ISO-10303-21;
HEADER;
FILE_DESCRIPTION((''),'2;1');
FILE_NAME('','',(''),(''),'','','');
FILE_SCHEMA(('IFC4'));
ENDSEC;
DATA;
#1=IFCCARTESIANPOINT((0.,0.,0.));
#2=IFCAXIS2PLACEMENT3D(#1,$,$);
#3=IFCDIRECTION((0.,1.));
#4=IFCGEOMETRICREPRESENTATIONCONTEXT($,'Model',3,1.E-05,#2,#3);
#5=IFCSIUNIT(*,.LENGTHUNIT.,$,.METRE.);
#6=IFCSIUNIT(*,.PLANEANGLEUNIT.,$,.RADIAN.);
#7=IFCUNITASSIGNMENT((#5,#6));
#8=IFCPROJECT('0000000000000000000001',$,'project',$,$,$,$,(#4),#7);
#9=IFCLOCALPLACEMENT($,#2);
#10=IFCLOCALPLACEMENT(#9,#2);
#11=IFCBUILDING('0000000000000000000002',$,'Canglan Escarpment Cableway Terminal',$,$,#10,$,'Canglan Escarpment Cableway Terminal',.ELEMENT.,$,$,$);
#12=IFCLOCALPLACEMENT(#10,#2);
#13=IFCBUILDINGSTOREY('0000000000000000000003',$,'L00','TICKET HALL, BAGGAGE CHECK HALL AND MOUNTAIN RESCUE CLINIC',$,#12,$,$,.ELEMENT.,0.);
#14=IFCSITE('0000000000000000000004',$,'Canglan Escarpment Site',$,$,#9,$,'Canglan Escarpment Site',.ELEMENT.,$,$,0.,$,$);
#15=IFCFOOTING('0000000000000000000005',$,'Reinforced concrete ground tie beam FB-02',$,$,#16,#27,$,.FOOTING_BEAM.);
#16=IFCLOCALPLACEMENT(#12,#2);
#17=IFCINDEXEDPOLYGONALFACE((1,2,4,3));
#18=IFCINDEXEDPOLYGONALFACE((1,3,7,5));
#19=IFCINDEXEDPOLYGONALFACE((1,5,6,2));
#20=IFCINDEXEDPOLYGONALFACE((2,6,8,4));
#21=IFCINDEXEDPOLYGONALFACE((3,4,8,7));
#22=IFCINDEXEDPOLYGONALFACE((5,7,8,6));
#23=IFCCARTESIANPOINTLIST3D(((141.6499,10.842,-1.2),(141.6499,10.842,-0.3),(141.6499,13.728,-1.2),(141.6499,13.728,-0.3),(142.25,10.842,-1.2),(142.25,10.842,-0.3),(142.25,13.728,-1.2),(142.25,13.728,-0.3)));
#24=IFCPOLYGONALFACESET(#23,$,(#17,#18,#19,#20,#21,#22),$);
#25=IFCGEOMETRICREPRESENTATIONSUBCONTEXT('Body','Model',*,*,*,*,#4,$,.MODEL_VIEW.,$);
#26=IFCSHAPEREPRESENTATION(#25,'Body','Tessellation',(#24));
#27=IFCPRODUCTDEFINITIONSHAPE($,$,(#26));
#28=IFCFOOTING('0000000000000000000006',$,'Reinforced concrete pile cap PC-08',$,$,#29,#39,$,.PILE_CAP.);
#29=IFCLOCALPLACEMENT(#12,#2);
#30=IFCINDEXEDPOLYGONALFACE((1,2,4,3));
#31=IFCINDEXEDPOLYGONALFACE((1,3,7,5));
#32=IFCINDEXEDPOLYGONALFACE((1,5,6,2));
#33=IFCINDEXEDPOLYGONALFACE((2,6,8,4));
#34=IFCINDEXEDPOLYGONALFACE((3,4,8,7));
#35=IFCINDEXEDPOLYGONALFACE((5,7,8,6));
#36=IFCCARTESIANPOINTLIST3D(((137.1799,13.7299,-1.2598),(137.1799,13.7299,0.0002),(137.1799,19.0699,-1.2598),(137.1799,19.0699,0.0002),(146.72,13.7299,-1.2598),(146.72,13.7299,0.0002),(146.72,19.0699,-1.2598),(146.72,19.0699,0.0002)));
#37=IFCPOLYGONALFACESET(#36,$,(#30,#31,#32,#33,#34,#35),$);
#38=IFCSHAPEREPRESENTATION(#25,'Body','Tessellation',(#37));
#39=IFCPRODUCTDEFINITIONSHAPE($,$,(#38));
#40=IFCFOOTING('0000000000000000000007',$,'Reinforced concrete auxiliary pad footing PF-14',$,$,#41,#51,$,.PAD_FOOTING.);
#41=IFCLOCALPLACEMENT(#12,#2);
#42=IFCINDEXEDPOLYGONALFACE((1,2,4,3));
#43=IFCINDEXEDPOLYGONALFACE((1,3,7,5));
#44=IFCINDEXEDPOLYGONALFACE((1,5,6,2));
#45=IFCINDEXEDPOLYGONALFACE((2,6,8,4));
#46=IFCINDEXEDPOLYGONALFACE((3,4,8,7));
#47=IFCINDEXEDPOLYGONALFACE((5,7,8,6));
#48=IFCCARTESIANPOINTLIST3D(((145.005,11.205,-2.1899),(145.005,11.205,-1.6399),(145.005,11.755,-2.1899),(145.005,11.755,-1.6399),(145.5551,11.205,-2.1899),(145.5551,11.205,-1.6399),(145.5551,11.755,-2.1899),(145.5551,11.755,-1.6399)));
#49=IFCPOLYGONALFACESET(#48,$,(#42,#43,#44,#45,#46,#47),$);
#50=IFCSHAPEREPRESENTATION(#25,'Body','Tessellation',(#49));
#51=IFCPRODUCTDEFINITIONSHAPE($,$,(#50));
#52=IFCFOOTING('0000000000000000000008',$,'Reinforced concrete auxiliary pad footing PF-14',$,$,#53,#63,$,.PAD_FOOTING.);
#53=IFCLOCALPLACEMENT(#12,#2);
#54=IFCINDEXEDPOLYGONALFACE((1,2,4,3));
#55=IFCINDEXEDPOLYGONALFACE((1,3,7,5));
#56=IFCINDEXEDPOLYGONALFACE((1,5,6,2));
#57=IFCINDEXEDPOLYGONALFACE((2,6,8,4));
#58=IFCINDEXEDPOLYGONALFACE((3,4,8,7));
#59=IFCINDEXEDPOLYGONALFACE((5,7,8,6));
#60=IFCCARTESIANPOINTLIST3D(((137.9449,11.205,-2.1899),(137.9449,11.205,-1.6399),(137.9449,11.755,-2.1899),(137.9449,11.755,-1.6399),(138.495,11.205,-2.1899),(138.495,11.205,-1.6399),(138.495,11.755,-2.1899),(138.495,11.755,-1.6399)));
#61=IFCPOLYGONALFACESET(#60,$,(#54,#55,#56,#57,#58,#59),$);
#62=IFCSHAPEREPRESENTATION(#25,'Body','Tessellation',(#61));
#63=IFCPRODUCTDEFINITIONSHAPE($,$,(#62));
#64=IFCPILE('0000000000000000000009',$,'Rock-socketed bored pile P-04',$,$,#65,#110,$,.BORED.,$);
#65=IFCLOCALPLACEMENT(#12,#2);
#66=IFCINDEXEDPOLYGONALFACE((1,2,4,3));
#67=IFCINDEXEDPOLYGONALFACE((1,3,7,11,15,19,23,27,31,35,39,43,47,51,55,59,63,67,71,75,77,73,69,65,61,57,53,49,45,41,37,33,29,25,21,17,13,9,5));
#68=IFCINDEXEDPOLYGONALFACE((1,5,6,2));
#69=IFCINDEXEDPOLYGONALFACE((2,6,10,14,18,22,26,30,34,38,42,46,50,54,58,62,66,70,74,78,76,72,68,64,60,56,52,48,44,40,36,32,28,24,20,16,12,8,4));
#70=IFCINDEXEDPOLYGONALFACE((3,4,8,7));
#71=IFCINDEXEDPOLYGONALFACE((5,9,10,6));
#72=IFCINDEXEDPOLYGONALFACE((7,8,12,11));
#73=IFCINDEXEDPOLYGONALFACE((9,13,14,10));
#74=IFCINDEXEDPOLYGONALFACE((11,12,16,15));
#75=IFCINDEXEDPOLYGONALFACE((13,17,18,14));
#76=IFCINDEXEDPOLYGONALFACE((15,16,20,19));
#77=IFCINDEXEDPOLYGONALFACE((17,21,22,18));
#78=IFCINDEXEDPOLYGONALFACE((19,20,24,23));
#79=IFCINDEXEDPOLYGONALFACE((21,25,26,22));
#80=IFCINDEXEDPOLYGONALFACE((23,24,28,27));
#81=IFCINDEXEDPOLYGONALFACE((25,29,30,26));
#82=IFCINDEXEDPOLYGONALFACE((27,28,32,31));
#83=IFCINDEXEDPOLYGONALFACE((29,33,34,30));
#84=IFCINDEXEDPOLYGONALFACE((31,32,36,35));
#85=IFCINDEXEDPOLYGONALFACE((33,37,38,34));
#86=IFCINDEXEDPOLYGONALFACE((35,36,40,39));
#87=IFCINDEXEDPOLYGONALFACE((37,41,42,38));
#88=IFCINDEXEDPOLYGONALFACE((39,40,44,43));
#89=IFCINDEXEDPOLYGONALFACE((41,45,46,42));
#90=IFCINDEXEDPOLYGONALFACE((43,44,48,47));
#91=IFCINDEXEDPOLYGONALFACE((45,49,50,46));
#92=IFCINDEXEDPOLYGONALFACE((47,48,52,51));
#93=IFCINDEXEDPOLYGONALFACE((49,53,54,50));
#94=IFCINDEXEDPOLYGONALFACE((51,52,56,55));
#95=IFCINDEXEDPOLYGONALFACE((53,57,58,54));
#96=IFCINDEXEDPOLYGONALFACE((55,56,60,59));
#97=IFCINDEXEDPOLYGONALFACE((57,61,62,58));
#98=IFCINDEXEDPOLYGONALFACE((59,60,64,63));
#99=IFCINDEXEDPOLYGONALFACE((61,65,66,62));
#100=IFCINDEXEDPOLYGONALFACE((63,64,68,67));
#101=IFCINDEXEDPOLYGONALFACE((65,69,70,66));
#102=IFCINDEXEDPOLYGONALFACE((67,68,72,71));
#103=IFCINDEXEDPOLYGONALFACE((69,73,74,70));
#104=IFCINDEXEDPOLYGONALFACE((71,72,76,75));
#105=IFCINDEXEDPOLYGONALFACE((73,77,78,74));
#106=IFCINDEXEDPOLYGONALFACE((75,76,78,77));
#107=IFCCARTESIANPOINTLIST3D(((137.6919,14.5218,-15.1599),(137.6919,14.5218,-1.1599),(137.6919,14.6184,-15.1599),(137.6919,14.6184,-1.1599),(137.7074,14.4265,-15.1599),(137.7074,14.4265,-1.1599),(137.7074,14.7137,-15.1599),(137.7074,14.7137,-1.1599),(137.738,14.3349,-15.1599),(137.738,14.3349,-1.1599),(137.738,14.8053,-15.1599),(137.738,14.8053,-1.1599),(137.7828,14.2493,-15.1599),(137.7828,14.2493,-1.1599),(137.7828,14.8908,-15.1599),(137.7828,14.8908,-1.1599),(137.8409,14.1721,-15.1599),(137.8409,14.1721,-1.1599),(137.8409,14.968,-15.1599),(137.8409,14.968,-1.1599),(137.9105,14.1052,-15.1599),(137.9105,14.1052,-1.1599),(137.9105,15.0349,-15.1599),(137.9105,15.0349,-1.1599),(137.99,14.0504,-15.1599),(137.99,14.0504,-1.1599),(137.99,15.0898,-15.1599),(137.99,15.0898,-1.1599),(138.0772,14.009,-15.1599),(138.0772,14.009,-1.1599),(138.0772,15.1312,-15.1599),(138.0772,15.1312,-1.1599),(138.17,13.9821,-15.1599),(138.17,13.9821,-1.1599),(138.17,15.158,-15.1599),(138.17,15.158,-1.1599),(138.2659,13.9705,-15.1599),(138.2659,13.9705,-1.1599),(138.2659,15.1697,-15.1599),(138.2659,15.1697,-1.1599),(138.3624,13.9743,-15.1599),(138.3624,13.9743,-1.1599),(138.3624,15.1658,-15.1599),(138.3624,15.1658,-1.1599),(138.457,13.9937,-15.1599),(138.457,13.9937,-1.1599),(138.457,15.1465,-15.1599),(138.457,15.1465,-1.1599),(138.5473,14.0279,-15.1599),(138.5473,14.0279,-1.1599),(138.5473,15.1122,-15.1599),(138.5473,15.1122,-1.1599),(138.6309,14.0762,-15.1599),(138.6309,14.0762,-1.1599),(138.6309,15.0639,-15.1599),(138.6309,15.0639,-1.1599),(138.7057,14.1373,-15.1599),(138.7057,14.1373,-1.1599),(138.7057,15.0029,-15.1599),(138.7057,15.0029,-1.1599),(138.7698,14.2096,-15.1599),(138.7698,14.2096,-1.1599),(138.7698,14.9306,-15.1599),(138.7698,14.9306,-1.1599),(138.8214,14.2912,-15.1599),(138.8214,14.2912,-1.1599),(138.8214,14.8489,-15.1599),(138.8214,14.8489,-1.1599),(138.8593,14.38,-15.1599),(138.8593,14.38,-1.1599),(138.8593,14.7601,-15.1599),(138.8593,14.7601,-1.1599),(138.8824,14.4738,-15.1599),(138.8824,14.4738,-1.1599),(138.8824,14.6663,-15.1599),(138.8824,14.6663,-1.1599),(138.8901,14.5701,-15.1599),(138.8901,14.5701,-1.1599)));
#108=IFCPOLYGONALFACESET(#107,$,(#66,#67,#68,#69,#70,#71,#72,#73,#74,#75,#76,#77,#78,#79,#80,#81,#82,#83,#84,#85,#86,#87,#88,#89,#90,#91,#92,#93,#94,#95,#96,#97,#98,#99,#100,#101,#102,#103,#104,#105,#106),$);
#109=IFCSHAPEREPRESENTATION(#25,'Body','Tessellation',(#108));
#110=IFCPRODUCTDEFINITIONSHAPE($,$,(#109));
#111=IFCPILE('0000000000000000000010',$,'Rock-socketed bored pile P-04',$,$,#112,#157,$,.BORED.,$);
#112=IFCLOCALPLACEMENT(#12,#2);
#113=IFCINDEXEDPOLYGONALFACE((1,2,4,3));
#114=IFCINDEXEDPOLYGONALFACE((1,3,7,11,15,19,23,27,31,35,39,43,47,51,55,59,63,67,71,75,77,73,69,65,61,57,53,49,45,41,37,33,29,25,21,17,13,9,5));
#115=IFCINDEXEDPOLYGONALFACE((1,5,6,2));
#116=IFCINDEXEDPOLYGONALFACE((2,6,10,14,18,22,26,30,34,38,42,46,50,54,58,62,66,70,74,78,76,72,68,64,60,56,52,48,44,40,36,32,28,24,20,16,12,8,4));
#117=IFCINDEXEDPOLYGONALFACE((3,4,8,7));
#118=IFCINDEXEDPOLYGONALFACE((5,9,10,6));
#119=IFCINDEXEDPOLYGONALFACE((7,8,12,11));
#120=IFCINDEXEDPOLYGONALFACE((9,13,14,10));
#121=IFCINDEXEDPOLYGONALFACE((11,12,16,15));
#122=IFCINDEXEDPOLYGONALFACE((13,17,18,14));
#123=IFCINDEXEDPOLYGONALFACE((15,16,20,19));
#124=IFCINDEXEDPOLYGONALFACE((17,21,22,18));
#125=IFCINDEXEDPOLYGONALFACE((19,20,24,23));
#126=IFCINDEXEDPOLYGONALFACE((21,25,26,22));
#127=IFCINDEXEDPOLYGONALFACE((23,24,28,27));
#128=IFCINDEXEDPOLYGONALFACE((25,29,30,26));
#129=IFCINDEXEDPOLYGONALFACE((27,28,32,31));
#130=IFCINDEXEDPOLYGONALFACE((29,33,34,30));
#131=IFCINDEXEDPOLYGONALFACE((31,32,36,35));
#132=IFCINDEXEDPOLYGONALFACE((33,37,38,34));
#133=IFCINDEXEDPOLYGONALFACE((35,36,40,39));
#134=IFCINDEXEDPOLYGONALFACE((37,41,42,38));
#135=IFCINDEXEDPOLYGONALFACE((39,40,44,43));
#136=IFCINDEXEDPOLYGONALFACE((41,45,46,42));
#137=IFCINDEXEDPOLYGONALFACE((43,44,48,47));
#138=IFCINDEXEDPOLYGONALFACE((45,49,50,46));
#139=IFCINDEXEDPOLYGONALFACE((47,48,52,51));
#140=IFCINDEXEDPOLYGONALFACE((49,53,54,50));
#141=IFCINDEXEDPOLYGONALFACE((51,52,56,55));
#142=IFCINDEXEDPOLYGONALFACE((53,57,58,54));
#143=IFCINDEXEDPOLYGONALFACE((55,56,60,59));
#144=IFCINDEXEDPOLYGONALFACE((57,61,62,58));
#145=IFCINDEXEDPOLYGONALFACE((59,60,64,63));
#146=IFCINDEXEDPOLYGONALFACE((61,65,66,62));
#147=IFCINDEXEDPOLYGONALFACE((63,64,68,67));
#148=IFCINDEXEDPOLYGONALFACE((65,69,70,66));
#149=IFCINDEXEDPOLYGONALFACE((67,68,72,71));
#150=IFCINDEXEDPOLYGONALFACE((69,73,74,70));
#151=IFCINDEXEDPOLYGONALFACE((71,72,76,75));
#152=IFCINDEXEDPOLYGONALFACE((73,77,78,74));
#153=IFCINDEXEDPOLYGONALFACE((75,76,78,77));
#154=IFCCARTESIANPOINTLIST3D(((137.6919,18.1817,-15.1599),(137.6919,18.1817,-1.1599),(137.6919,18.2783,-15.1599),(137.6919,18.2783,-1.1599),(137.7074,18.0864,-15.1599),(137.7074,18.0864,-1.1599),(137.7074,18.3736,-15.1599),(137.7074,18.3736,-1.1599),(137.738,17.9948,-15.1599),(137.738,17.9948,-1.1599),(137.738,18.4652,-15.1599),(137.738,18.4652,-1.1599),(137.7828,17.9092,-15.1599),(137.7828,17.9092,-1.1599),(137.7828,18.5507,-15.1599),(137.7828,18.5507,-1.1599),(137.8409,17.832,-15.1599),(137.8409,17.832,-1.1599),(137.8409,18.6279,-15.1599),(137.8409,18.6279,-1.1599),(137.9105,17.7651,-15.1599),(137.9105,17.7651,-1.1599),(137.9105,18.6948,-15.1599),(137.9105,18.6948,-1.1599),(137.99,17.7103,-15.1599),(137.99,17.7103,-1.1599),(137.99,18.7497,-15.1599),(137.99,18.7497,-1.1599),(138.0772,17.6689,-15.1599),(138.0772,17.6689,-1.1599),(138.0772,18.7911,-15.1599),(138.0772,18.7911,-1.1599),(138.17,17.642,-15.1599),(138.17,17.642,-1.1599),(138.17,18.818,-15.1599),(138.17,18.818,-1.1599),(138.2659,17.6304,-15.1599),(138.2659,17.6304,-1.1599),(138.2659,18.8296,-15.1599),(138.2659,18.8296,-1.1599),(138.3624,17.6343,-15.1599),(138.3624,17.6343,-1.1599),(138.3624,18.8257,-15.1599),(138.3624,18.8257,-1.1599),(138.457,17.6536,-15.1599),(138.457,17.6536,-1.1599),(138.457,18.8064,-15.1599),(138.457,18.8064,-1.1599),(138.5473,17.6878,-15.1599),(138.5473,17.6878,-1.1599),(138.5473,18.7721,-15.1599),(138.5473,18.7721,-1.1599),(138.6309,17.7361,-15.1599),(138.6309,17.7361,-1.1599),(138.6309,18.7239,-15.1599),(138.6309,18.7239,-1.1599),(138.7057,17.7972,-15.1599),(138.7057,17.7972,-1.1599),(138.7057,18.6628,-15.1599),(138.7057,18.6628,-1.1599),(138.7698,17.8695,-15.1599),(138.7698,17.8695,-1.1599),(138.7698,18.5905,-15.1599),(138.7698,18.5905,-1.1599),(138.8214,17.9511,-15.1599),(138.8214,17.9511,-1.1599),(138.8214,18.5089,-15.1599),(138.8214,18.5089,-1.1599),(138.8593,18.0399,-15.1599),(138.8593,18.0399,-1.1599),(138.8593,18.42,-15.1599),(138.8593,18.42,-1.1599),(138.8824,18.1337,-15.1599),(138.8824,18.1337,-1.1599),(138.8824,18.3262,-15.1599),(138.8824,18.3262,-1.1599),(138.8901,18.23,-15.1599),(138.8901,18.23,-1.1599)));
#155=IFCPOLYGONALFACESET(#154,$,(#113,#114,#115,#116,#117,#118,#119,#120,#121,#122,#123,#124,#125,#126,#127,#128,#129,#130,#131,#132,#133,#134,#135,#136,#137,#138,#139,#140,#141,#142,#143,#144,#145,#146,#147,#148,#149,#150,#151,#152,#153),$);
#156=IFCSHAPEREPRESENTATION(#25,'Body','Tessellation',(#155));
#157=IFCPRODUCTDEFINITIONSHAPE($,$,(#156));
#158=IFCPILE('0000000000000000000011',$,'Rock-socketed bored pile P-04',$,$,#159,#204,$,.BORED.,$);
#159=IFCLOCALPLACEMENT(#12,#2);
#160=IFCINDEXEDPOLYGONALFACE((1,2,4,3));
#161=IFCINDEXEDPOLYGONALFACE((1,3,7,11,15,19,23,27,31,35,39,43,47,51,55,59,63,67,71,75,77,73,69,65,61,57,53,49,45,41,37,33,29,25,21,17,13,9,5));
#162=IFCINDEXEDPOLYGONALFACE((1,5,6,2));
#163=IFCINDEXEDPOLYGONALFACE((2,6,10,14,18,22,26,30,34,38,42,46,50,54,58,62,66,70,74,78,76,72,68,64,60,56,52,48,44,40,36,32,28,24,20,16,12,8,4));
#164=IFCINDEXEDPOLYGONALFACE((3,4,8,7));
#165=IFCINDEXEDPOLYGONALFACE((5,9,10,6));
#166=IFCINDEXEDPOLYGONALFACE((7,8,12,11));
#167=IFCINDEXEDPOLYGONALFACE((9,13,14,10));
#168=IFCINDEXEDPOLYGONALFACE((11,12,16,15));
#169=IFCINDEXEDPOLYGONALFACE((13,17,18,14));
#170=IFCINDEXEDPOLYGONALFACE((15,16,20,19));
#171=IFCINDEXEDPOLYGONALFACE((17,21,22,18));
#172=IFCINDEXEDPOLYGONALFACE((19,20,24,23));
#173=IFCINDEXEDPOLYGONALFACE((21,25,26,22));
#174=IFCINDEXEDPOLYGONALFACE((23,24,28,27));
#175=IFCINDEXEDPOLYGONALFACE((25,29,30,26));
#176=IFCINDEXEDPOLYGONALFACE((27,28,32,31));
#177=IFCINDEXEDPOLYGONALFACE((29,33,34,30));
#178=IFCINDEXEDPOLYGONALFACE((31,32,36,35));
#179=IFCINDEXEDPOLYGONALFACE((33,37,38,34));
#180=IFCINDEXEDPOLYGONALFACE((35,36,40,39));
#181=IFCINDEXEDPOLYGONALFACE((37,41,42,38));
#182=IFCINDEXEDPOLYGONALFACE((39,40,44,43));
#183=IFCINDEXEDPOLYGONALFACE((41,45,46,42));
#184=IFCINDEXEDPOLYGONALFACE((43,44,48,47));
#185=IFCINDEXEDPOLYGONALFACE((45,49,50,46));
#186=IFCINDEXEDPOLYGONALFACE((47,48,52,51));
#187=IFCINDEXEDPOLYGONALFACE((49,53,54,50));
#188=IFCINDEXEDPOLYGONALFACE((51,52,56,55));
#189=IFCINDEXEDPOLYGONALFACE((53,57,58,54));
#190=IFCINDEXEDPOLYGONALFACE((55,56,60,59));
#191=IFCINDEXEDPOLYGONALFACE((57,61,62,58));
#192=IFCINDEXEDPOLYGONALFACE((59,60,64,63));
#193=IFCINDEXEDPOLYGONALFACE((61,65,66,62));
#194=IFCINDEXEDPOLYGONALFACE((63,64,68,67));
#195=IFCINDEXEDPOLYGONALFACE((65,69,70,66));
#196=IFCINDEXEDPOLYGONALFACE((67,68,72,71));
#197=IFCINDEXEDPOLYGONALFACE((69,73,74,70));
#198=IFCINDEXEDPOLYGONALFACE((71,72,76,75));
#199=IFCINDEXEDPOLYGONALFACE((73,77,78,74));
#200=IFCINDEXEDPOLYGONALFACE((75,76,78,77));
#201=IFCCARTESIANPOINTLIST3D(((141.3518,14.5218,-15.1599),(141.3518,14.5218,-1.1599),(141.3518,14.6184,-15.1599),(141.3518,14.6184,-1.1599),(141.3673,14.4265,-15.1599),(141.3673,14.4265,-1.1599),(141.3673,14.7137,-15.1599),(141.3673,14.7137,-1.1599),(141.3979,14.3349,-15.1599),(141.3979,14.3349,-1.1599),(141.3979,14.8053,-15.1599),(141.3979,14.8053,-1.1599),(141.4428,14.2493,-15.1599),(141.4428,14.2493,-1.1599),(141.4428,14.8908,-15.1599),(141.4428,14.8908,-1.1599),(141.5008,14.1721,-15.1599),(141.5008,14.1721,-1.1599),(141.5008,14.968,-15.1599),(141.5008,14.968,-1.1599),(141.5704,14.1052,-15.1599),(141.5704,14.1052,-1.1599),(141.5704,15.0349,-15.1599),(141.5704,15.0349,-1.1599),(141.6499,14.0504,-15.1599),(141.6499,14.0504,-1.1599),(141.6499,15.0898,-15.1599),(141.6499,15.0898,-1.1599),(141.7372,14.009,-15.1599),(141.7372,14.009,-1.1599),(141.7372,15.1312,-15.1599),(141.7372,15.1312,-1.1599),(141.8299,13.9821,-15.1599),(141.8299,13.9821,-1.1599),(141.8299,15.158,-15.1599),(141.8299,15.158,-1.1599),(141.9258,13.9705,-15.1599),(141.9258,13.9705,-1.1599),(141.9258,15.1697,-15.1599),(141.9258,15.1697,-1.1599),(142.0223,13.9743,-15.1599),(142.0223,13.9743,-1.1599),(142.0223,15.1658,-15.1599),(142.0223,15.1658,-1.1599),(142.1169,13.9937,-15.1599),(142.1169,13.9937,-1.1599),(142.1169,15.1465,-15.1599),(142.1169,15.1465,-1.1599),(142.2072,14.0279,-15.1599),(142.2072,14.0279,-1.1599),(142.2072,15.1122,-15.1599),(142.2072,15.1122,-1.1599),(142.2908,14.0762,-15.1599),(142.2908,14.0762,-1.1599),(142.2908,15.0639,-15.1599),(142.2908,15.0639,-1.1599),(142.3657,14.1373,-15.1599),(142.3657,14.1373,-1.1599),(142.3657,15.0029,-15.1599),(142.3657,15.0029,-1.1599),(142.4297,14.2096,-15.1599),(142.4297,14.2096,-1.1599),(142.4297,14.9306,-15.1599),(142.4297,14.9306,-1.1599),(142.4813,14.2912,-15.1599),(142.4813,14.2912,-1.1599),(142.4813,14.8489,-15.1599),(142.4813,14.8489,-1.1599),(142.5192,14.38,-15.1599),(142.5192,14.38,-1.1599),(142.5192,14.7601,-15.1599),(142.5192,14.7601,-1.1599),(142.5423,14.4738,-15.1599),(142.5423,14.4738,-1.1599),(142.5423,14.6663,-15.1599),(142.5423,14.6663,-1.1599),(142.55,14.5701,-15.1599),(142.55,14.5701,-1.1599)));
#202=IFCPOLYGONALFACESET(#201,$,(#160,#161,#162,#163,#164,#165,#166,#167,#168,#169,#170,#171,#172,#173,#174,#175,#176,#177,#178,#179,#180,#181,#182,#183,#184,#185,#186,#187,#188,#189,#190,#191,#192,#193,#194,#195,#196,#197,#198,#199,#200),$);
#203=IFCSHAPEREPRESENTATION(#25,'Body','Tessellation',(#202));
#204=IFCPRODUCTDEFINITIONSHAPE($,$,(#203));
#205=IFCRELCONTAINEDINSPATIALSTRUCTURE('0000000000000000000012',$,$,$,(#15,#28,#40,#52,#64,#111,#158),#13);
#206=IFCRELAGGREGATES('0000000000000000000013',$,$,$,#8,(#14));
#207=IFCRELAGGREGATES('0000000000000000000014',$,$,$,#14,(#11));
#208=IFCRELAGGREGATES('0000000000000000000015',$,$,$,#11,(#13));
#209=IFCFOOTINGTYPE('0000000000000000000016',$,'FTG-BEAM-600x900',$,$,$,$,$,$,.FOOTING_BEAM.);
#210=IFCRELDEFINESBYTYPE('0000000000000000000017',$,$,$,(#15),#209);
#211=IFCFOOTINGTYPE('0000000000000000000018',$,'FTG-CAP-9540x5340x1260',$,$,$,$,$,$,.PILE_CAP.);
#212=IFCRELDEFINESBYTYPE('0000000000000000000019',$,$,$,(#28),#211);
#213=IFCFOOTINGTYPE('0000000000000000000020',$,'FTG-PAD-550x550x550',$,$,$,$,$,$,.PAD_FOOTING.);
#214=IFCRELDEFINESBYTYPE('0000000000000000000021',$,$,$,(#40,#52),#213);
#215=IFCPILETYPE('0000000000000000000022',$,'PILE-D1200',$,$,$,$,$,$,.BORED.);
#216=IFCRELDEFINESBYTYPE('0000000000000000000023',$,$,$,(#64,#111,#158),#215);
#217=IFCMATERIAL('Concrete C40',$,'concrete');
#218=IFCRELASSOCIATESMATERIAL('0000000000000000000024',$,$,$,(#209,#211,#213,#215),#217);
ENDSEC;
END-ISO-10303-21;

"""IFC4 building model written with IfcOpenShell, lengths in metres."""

from ifc_helpers import new_model, si_unit, direction, frame, origin, origin_2d, place, context, subcontext, project, spatial, rectangle, circle, extrude, material, material_profile, profile_set, type_object, element, save


model = new_model("IFC4")

# Units and contexts
model_context = context("Model", 3, precision=1e-05, world=origin(), true_north=direction((0.0, 1.0)))
body_context = subcontext(model_context, "Body", "Model", "MODEL_VIEW")
ifc_project = project(units=[si_unit("LENGTHUNIT", "METRE"), si_unit("PLANEANGLEUNIT", "RADIAN")], contexts=[model_context])

# Site, building, storey
site_placement = place(None, origin())
site = spatial("IfcSite", under=ifc_project, at=site_placement, Name="Canglan Escarpment Site", LongName="Canglan Escarpment Site", CompositionType="ELEMENT", RefElevation=0.0)
building_placement = place(site_placement, origin())
building = spatial("IfcBuilding", under=site, at=building_placement, Name="Canglan Escarpment Cableway Terminal", LongName="Canglan Escarpment Cableway Terminal", CompositionType="ELEMENT")
storey_placement = place(building_placement, origin())
storey = spatial("IfcBuildingStorey", under=building, at=storey_placement, Name="L00", Description="TICKET HALL, BAGGAGE CHECK HALL AND MOUNTAIN RESCUE CLINIC", CompositionType="ELEMENT", Elevation=0.0)

# Footings
ifc_material_1 = material(Name="Concrete C40", Category="concrete")
ifc_material_profile_1 = material_profile(ifc_material_1, rectangle(XDim=0.6001, YDim=0.8999, at=origin_2d()), Name="FB 600x900")
ifc_profile_set_1 = profile_set([ifc_material_profile_1], Name="Concrete C40")
footing_type_1 = type_object("IfcFootingType", Name="FTG-BEAM-600x900", PredefinedType="FOOTING_BEAM", material=ifc_profile_set_1)
footing_1_placement = place(storey_placement, frame((141.95, 10.842, -0.75), z_axis=(0.0, 1.0, 0.0), x_axis=(-1.0, 0.0, 0.0)))
element("IfcFooting", 1, at=footing_1_placement, inside=storey, type_object=footing_type_1, Name="Reinforced concrete ground tie beam FB-02", PredefinedType="FOOTING_BEAM", context=body_context, shape_type="SweptSolid", body=[
    extrude(rectangle(XDim=0.6001, YDim=0.8999, at=origin_2d()), origin(), (0.0, 0.0, 1.0), 2.886),
])
footing_type_2 = type_object("IfcFootingType", Name="FTG-CAP-9540x5340x1260", PredefinedType="PILE_CAP", material=ifc_material_1)
footing_2_placement = place(storey_placement, frame((141.95, 16.3999, -1.2598), z_axis=(0.0, 0.0, 1.0), x_axis=(1.0, 0.0, 0.0)))
element("IfcFooting", 2, at=footing_2_placement, inside=storey, type_object=footing_type_2, Name="Reinforced concrete pile cap PC-08", PredefinedType="PILE_CAP", context=body_context, shape_type="SweptSolid", body=[
    extrude(rectangle(XDim=9.54, YDim=5.3401, at=origin_2d()), origin(), (0.0, 0.0, 1.0), 1.26),
])
footing_type_3 = type_object("IfcFootingType", Name="FTG-PAD-550x550x550", PredefinedType="PAD_FOOTING", material=ifc_material_1)
for number, where, z_axis, x_axis, name in (
    (3, (145.28, 11.48, -2.1899), (0.0, 0.0, 1.0), (1.0, 0.0, 0.0), "Reinforced concrete auxiliary pad footing PF-14"),
    (4, (138.22, 11.48, -2.1899), (0.0, 0.0, 1.0), (1.0, 0.0, 0.0), "Reinforced concrete auxiliary pad footing PF-14"),
):
    element("IfcFooting", number, at=place(storey_placement, frame(where, z_axis=z_axis, x_axis=x_axis)), inside=storey, type_object=footing_type_3, Name=name, PredefinedType="PAD_FOOTING", context=body_context, shape_type="SweptSolid", body=[
        extrude(rectangle(XDim=0.55, YDim=0.55, at=origin_2d()), origin(), (0.0, 0.0, 1.0), 0.55),
    ])

# Piles
ifc_material_profile_2 = material_profile(ifc_material_1, circle(Radius=0.6001, at=origin_2d()), Name="BORED PILE D1200")
ifc_profile_set_2 = profile_set([ifc_material_profile_2], Name="Concrete C40")
pile_type = type_object("IfcPileType", Name="PILE-D1200", PredefinedType="BORED", material=ifc_profile_set_2)
for number, where, z_axis, x_axis, name in (
    (5, (138.29, 14.5701, -1.1599), (0.0, 0.0, -1.0), (1.0, 0.0, 0.0), "Rock-socketed bored pile P-04"),
    (6, (138.29, 18.23, -1.1599), (0.0, 0.0, -1.0), (1.0, 0.0, 0.0), "Rock-socketed bored pile P-04"),
    (7, (141.95, 14.5701, -1.1599), (0.0, 0.0, -1.0), (1.0, 0.0, 0.0), "Rock-socketed bored pile P-04"),
):
    element("IfcPile", number, at=place(storey_placement, frame(where, z_axis=z_axis, x_axis=x_axis)), inside=storey, type_object=pile_type, Name=name, PredefinedType="BORED", context=body_context, shape_type="SweptSolid", body=[
        extrude(circle(Radius=0.6001, at=origin_2d()), origin(), (0.0, 0.0, 1.0), 14.0),
    ])

save(model, "model.ifc")
